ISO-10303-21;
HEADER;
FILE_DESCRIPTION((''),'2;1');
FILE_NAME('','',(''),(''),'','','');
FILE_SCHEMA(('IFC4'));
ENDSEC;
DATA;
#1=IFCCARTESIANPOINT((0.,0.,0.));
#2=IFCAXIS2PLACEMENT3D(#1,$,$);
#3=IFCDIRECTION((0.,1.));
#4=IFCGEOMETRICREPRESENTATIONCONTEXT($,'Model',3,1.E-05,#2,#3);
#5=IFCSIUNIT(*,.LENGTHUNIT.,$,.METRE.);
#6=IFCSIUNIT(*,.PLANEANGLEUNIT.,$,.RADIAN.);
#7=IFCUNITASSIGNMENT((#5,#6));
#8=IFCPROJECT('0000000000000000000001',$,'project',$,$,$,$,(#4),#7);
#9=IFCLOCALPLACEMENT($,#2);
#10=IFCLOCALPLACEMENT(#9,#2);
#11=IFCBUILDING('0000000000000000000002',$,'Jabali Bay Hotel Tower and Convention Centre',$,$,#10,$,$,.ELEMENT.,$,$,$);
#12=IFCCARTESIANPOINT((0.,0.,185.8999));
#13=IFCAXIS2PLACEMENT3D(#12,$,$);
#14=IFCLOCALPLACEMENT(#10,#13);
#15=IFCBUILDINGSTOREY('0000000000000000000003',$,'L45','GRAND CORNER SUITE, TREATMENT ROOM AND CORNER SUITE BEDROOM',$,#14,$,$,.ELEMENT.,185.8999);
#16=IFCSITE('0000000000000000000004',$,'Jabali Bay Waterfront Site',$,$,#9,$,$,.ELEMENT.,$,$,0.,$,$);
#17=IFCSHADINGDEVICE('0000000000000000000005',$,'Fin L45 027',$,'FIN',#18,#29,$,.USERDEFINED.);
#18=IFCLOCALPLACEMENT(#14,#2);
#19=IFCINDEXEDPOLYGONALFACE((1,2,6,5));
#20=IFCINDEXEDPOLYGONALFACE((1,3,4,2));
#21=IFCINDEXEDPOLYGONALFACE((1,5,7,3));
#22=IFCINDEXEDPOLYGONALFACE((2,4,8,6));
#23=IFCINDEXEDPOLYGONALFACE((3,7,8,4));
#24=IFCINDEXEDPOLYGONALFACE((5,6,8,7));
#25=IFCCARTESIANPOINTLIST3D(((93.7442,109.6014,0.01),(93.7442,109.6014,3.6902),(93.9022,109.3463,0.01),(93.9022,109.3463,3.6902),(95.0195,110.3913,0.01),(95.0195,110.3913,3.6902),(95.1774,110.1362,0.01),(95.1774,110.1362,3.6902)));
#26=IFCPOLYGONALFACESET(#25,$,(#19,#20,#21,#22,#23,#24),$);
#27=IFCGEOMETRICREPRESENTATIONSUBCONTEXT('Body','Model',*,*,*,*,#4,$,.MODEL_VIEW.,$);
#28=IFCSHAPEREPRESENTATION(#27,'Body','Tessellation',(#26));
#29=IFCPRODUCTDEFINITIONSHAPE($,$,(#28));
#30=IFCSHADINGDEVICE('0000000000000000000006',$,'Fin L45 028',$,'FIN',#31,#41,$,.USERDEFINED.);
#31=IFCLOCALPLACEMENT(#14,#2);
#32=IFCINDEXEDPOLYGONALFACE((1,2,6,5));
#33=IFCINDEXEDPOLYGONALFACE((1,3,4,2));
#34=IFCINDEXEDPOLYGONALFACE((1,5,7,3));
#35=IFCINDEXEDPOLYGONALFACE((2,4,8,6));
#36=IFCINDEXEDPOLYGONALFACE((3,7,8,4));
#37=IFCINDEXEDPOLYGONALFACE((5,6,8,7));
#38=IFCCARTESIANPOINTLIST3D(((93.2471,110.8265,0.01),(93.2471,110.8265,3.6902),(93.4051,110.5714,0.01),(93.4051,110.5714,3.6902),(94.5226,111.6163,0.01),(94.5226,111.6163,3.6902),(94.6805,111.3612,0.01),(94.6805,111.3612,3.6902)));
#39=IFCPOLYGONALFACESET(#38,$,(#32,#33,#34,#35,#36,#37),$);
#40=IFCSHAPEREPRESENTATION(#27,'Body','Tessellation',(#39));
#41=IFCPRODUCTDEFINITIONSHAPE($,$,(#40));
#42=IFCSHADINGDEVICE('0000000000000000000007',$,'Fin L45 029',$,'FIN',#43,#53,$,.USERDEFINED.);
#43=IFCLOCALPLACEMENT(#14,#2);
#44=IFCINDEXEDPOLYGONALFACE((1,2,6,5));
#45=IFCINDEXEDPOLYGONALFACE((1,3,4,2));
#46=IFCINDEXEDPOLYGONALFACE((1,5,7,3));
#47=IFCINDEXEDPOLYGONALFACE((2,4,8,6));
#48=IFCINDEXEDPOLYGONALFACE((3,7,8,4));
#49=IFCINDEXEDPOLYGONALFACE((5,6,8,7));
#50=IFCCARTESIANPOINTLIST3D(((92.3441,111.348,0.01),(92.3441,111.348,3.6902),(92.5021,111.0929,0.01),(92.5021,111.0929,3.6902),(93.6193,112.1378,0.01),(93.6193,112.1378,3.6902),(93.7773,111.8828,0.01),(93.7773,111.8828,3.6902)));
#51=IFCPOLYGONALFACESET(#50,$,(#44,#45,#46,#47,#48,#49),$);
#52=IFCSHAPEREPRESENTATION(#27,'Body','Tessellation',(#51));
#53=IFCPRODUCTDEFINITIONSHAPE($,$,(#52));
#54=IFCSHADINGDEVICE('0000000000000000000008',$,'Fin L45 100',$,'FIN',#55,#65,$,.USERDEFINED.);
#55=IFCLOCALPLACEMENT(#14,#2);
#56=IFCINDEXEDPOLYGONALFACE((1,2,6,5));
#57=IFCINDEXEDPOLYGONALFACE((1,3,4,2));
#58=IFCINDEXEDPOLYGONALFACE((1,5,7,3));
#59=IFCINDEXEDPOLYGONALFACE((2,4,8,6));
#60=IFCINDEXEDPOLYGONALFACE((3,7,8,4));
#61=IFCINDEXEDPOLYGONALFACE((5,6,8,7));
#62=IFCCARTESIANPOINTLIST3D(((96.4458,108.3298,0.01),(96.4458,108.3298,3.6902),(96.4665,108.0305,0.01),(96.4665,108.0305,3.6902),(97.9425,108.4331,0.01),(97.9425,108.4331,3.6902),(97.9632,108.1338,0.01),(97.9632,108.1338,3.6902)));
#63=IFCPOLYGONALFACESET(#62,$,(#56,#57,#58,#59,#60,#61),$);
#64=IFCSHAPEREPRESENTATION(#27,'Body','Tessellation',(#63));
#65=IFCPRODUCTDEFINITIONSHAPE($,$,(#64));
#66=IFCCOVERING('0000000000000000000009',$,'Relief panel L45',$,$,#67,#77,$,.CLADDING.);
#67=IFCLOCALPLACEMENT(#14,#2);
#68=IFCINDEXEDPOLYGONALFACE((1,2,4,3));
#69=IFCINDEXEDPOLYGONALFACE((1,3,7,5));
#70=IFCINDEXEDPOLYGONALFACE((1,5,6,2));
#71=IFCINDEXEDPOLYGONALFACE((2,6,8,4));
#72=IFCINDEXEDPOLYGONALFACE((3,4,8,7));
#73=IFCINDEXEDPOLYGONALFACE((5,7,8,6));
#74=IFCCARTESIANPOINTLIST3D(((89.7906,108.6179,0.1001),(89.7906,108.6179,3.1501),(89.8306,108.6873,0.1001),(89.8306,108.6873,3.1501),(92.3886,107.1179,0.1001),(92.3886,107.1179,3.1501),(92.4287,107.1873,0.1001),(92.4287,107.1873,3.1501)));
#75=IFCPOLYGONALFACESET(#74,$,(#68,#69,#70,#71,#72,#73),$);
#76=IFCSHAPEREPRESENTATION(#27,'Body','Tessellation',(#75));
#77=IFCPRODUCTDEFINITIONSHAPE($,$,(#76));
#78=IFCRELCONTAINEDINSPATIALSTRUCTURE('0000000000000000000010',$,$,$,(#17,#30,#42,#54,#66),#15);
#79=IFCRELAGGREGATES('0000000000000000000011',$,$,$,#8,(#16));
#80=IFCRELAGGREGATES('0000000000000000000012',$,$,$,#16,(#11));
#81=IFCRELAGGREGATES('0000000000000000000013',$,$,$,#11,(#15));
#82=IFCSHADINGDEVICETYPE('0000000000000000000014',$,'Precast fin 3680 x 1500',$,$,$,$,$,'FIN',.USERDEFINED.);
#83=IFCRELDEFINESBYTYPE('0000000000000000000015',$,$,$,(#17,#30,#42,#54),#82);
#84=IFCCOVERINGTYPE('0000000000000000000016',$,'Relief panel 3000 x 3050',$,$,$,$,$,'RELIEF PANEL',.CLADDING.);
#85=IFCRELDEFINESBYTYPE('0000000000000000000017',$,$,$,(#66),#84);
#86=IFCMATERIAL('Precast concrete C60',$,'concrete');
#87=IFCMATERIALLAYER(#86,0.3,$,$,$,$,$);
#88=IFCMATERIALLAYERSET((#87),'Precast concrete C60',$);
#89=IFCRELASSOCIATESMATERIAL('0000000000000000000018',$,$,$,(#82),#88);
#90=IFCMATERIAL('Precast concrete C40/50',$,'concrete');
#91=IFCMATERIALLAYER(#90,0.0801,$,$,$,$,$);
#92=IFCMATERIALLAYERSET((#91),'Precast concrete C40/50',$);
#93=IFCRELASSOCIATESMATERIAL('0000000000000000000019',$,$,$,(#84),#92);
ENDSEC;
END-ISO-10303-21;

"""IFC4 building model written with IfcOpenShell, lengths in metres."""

from ifc_helpers import new_model, si_unit, direction, frame, frame_2d, origin, origin_2d, place, context, subcontext, project, spatial, rectangle, extrude, material, layer, layer_set, type_object, element, save


model = new_model("IFC4")

# Units and contexts
model_context = context("Model", 3, precision=1e-05, world=origin(), true_north=direction((0.0, 1.0)))
body_context = subcontext(model_context, "Body", "Model", "MODEL_VIEW")
ifc_project = project(units=[si_unit("LENGTHUNIT", "METRE"), si_unit("PLANEANGLEUNIT", "RADIAN")], contexts=[model_context])

# Site, building, storey
site_placement = place(None, origin())
site = spatial("IfcSite", under=ifc_project, at=site_placement, Name="Jabali Bay Waterfront Site", CompositionType="ELEMENT", RefElevation=0.0)
building_placement = place(site_placement, origin())
building = spatial("IfcBuilding", under=site, at=building_placement, Name="Jabali Bay Hotel Tower and Convention Centre", CompositionType="ELEMENT")
storey_placement = place(building_placement, frame((0.0, 0.0, 185.8999)))
storey = spatial("IfcBuildingStorey", under=building, at=storey_placement, Name="L45", Description="GRAND CORNER SUITE, TREATMENT ROOM AND CORNER SUITE BEDROOM", CompositionType="ELEMENT", Elevation=185.8999)

# Shading devices
ifc_material_1 = material(Name="Precast concrete C60", Category="concrete")
ifc_layer_1 = layer(ifc_material_1, 0.3)
ifc_layer_set_1 = layer_set([ifc_layer_1], Name="Precast concrete C60")
shading_device_type_1 = type_object("IfcShadingDeviceType", Name="Precast fin 3680 x 1500", ElementType="FIN", PredefinedType="USERDEFINED", material=ifc_layer_set_1)
for number, where, z_axis, x_axis, name in (
    (1, (93.8232, 109.4739, 0.01), (0.0, 0.0, 1.0), (0.85014, 0.526556, 0.0), "Fin L45 027"),
):
    element("IfcShadingDevice", number, at=place(storey_placement, frame(where, z_axis=z_axis, x_axis=x_axis)), inside=storey, type_object=shading_device_type_1, Name=name, ObjectType="FIN", PredefinedType="USERDEFINED", context=body_context, shape_type="SweptSolid", body=[
        extrude(rectangle(XDim=1.5, YDim=0.3, at=frame_2d((0.75, 0.0))), origin(), (0.0, 0.0, 1.0), 3.6802),
    ])
shading_device_1_placement = place(storey_placement, frame((93.3262, 110.699, 0.01), z_axis=(0.0, 0.0, 1.0), x_axis=(0.850185, 0.526483, 0.0)))
element("IfcShadingDevice", 2, at=shading_device_1_placement, inside=storey, type_object=shading_device_type_1, Name="Fin L45 028", ObjectType="FIN", PredefinedType="USERDEFINED", context=body_context, shape_type="SweptSolid", body=[
    extrude(rectangle(XDim=1.5002, YDim=0.3, at=frame_2d((0.75, 0.0))), origin(), (0.0, 0.0, 1.0), 3.6802),
])
shading_device_2_placement = place(storey_placement, frame((92.4231, 111.2205, 0.01), z_axis=(0.0, 0.0, 1.0), x_axis=(0.85014, 0.526556, 0.0)))
element("IfcShadingDevice", 3, at=shading_device_2_placement, inside=storey, type_object=shading_device_type_1, Name="Fin L45 029", ObjectType="FIN", PredefinedType="USERDEFINED", context=body_context, shape_type="SweptSolid", body=[
    extrude(rectangle(XDim=1.5, YDim=0.3, at=frame_2d((0.75, 0.0))), origin(), (0.0, 0.0, 1.0), 3.6802),
])
shading_device_3_placement = place(storey_placement, frame((96.4563, 108.1802, 0.01), z_axis=(0.0, 0.0, 1.0), x_axis=(0.997628, 0.068841, 0.0)))
element("IfcShadingDevice", 4, at=shading_device_3_placement, inside=storey, type_object=shading_device_type_1, Name="Fin L45 100", ObjectType="FIN", PredefinedType="USERDEFINED", context=body_context, shape_type="SweptSolid", body=[
    extrude(rectangle(XDim=1.5002, YDim=0.3, at=frame_2d((0.75, 0.0))), origin(), (0.0, 0.0, 1.0), 3.6802),
])

# Covering
ifc_material_2 = material(Name="Precast concrete C40/50", Category="concrete")
ifc_layer_2 = layer(ifc_material_2, 0.0801)
ifc_layer_set_2 = layer_set([ifc_layer_2], Name="Precast concrete C40/50")
covering_type = type_object("IfcCoveringType", Name="Relief panel 3000 x 3050", ElementType="RELIEF PANEL", PredefinedType="CLADDING", material=ifc_layer_set_2)
covering_placement = place(storey_placement, frame((91.1096, 107.9026, 0.1001), z_axis=(0.0, 0.0, 1.0), x_axis=(0.866025, -0.5, 0.0)))
element("IfcCovering", 5, at=covering_placement, inside=storey, type_object=covering_type, Name="Relief panel L45", PredefinedType="CLADDING", context=body_context, shape_type="SweptSolid", body=[
    extrude(rectangle(XDim=3.0, YDim=0.0801, at=origin_2d()), origin(), (0.0, 0.0, 1.0), 3.05),
])

save(model, "model.ifc")
